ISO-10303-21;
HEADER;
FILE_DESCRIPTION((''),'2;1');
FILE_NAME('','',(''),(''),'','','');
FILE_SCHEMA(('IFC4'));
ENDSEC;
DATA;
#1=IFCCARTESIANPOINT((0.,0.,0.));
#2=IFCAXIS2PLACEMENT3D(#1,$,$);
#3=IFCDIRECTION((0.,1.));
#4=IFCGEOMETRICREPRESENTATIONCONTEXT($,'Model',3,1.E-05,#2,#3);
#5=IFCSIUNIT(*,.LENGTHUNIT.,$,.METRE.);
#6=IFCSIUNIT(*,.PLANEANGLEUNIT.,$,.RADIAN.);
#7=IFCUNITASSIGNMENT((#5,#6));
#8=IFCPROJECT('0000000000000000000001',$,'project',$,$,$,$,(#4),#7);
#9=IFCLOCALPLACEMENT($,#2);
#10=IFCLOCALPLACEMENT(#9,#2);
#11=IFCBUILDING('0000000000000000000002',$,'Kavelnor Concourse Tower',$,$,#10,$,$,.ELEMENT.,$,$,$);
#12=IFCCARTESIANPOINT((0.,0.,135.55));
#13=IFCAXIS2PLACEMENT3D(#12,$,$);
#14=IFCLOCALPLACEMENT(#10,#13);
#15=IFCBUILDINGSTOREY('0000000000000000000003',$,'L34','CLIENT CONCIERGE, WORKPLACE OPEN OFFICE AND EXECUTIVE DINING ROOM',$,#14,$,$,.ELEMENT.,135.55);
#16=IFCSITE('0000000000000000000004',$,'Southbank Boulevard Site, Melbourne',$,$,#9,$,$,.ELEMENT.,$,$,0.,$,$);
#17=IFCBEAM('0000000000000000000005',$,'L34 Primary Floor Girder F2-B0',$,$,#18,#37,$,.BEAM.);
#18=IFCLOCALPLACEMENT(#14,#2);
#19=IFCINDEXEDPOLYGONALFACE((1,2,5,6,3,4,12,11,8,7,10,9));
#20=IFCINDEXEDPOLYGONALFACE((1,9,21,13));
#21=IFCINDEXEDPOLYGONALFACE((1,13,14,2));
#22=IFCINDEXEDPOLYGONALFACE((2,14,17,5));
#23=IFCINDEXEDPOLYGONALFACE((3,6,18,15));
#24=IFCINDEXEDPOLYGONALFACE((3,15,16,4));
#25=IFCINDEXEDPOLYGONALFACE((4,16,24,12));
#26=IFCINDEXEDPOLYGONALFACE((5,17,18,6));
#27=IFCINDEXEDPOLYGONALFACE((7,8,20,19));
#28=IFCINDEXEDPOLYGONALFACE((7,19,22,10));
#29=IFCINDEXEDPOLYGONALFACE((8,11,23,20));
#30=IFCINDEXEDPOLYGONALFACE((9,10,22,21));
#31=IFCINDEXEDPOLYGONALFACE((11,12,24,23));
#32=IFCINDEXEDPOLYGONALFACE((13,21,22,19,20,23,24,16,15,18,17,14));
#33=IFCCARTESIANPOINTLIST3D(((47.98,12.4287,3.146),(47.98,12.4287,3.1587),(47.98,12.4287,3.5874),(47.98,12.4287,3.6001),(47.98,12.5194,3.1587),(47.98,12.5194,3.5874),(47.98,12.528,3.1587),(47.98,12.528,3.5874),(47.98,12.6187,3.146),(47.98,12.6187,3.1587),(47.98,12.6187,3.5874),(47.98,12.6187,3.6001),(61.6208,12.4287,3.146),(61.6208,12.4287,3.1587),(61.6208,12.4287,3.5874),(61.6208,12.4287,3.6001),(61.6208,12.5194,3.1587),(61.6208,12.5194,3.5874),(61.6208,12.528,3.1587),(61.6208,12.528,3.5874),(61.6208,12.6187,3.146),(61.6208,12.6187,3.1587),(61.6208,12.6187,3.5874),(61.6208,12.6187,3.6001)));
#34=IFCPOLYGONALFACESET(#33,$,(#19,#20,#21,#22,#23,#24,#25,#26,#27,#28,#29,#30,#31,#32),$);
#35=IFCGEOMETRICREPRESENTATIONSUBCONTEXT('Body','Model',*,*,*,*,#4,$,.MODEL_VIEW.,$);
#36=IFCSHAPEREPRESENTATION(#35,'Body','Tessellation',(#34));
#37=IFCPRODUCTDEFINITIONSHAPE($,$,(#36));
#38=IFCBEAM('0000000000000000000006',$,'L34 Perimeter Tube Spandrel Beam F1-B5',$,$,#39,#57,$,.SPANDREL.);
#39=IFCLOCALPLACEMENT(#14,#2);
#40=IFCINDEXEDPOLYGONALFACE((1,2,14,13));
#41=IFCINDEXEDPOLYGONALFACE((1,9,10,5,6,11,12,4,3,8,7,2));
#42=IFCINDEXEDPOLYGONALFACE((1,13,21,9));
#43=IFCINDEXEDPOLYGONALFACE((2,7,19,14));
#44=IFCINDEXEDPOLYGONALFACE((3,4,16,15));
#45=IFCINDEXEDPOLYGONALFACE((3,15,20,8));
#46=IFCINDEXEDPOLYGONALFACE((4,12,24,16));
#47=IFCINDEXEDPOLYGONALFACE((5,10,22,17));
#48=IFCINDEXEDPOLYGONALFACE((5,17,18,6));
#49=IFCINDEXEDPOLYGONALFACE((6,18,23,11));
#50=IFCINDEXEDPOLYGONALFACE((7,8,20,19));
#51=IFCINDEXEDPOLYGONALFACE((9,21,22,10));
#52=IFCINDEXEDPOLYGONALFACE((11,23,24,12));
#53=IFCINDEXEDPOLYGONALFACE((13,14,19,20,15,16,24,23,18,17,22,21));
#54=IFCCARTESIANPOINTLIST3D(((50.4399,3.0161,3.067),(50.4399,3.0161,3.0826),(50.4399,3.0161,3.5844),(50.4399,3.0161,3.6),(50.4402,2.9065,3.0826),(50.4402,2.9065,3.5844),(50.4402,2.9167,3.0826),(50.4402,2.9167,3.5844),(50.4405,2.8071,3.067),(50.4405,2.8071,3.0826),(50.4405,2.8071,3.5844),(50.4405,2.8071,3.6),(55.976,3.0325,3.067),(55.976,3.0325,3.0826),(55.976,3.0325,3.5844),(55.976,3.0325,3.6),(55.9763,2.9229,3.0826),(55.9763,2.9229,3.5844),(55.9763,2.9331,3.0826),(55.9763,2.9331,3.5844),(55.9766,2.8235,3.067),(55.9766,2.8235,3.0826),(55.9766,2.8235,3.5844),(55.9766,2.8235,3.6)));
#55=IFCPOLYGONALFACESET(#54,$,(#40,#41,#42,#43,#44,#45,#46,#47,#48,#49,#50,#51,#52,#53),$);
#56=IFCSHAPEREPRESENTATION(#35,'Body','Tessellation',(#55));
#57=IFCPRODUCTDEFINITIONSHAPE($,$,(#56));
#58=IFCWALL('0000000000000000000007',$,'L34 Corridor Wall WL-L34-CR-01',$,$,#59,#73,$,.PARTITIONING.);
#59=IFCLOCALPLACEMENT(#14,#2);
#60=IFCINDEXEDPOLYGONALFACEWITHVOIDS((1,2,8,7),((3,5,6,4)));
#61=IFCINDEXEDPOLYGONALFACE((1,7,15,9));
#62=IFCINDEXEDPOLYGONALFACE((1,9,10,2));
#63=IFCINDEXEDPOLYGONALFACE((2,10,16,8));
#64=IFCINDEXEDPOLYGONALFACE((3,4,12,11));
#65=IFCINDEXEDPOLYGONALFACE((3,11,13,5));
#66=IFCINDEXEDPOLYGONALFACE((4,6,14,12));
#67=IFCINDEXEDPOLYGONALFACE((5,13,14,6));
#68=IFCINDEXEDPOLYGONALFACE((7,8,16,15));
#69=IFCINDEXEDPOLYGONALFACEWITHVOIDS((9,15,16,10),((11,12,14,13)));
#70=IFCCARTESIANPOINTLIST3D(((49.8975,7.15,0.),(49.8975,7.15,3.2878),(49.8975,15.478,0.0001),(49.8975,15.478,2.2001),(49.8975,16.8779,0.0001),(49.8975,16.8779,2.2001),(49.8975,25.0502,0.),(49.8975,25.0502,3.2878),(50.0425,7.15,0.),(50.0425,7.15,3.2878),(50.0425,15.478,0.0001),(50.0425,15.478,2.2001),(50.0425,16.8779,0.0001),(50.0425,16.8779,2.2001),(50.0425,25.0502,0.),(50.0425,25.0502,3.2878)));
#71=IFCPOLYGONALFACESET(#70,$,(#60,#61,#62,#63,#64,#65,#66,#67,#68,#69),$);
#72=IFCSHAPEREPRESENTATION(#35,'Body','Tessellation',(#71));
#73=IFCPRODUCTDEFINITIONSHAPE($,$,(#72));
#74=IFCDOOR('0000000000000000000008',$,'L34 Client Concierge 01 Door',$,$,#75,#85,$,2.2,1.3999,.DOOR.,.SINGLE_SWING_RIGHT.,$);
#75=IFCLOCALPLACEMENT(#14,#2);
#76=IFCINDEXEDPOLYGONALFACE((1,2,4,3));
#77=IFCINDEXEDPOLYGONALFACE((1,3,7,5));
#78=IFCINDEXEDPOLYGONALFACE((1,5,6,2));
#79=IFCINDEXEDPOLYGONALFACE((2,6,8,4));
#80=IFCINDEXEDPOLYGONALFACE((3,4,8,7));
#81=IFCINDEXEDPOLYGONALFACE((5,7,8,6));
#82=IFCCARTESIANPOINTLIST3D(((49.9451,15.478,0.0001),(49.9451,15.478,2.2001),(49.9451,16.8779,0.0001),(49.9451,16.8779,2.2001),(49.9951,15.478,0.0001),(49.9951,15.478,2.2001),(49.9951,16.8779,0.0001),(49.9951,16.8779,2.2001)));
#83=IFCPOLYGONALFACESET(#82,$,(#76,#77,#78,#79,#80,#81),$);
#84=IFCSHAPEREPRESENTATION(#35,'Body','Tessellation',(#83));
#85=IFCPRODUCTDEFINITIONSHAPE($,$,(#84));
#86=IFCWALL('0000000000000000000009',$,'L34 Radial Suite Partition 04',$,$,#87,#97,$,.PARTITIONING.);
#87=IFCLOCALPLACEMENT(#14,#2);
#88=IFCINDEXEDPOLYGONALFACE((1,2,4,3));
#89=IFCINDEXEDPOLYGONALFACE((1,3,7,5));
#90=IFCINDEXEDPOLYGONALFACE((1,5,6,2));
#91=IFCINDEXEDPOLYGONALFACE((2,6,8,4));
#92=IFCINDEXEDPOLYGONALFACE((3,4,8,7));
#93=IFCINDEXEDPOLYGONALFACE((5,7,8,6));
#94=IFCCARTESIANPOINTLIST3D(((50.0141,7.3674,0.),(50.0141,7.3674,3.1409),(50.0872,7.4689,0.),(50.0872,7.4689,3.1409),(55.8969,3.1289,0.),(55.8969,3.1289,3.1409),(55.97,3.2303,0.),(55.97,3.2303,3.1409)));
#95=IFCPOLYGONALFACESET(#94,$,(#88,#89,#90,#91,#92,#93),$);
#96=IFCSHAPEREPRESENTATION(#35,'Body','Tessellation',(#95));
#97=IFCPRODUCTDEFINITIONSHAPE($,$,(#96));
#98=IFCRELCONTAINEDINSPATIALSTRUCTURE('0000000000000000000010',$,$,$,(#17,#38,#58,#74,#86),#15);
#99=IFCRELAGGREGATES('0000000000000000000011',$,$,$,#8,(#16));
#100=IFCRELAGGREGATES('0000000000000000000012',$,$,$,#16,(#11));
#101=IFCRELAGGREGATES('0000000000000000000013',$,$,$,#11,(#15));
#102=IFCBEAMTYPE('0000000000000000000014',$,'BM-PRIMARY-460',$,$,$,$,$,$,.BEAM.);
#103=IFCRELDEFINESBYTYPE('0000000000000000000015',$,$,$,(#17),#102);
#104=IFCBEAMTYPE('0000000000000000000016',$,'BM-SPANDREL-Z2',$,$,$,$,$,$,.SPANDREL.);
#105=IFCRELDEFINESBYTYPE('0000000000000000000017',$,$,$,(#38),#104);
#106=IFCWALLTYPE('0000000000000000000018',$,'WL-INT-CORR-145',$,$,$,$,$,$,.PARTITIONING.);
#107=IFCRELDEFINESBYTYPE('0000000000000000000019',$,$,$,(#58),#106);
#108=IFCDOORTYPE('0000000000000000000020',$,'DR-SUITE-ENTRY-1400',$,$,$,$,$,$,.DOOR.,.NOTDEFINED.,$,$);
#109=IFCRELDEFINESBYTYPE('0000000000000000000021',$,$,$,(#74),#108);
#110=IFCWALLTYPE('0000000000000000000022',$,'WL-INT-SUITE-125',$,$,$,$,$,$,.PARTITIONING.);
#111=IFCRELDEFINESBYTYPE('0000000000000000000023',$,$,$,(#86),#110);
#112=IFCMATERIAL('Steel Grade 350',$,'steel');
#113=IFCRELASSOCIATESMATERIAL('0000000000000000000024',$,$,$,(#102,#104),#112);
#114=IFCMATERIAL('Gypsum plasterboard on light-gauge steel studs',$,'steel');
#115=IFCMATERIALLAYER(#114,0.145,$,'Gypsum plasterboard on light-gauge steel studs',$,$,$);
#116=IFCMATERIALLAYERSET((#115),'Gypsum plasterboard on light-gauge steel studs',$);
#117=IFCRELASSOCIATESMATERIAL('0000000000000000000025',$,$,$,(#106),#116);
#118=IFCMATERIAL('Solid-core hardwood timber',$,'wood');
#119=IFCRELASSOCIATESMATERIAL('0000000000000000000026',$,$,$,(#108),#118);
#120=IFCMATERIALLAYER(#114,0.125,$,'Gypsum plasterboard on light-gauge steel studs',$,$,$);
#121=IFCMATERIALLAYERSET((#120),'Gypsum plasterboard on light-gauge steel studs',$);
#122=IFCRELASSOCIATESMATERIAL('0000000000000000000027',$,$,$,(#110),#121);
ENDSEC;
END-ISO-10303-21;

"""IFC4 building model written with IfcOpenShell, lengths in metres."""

from ifc_helpers import new_model, si_unit, direction, frame, frame_2d, origin, origin_2d, place, context, subcontext, project, spatial, rectangle, i_section, extrude, material, layer, layer_set, material_profile, profile_set, type_object, element, fill, save


model = new_model("IFC4")

# Units and contexts
model_context = context("Model", 3, precision=1e-05, world=origin(), true_north=direction((0.0, 1.0)))
body_context = subcontext(model_context, "Body", "Model", "MODEL_VIEW")
ifc_project = project(units=[si_unit("LENGTHUNIT", "METRE"), si_unit("PLANEANGLEUNIT", "RADIAN")], contexts=[model_context])

# Site, building, storey
site_placement = place(None, origin())
site = spatial("IfcSite", under=ifc_project, at=site_placement, Name="Southbank Boulevard Site, Melbourne", CompositionType="ELEMENT", RefElevation=0.0)
building_placement = place(site_placement, origin())
building = spatial("IfcBuilding", under=site, at=building_placement, Name="Kavelnor Concourse Tower", CompositionType="ELEMENT")
storey_placement = place(building_placement, frame((0.0, 0.0, 135.55)))
storey = spatial("IfcBuildingStorey", under=building, at=storey_placement, Name="L34", Description="CLIENT CONCIERGE, WORKPLACE OPEN OFFICE AND EXECUTIVE DINING ROOM", CompositionType="ELEMENT", Elevation=135.55)

# Shared definitions
ifc_material_1 = material(Name="Steel Grade 350", Category="steel")

# Beams
ifc_material_profile_1 = material_profile(ifc_material_1, i_section(OverallWidth=0.1899, OverallDepth=0.4541, WebThickness=0.0085, FlangeThickness=0.0127, at=origin_2d()), Name="460UB67")
ifc_profile_set_1 = profile_set([ifc_material_profile_1], Name="Steel Grade 350")
beam_type_1 = type_object("IfcBeamType", Name="BM-PRIMARY-460", PredefinedType="BEAM", material=ifc_profile_set_1)
beam_1_placement = place(storey_placement, frame((47.98, 12.5237, 3.373), z_axis=(1.0, 0.0, 0.0), x_axis=(0.0, 1.0, 0.0)))
element("IfcBeam", 1, at=beam_1_placement, inside=storey, type_object=beam_type_1, Name="L34 Primary Floor Girder F2-B0", PredefinedType="BEAM", context=body_context, shape_type="SweptSolid", body=[
    extrude(i_section(OverallWidth=0.1899, OverallDepth=0.4541, WebThickness=0.0085, FlangeThickness=0.0127, at=origin_2d()), origin(), (0.0, 0.0, 1.0), 13.6409),
])
ifc_material_profile_2 = material_profile(ifc_material_1, i_section(OverallWidth=0.209, OverallDepth=0.533, WebThickness=0.0103, FlangeThickness=0.0156, at=origin_2d()), Name="530UB92")
ifc_profile_set_2 = profile_set([ifc_material_profile_2], Name="Steel Grade 350")
beam_type_2 = type_object("IfcBeamType", Name="BM-SPANDREL-Z2", PredefinedType="SPANDREL", material=ifc_profile_set_2)
beam_2_placement = place(storey_placement, frame((50.4402, 2.9116, 3.3335), z_axis=(0.999996, 0.002955, 0.0), x_axis=(-0.002955, 0.999996, 0.0)))
element("IfcBeam", 2, at=beam_2_placement, inside=storey, type_object=beam_type_2, Name="L34 Perimeter Tube Spandrel Beam F1-B5", PredefinedType="SPANDREL", context=body_context, shape_type="SweptSolid", body=[
    extrude(i_section(OverallWidth=0.209, OverallDepth=0.533, WebThickness=0.0103, FlangeThickness=0.0156, at=origin_2d()), origin(), (0.0, 0.0, 1.0), 5.5361),
])

# Wall, opening, door
ifc_material_2 = material(Name="Gypsum plasterboard on light-gauge steel studs", Category="steel")
ifc_layer_1 = layer(ifc_material_2, 0.145, Name="Gypsum plasterboard on light-gauge steel studs")
ifc_layer_set_1 = layer_set([ifc_layer_1], Name="Gypsum plasterboard on light-gauge steel studs")
wall_type_1 = type_object("IfcWallType", Name="WL-INT-CORR-145", PredefinedType="PARTITIONING", material=ifc_layer_set_1)
wall_1_placement = place(storey_placement, frame((49.97, 7.1499, 0.0), z_axis=(0.0, 0.0, 1.0), x_axis=(0.0, 1.0, 0.0)))
wall_1 = element("IfcWall", 3, at=wall_1_placement, inside=storey, type_object=wall_type_1, Name="L34 Corridor Wall WL-L34-CR-01", PredefinedType="PARTITIONING", context=body_context, shape_type="SweptSolid", body=[
    extrude(rectangle(XDim=17.9001, YDim=0.145, at=frame_2d((8.9502, 0.0))), origin(), (0.0, 0.0, 1.0), 3.2878),
])
opening_1_placement = place(wall_1_placement, frame((8.3281, 0.0, 0.0)))
opening_1 = element("IfcOpeningElement", 4, at=opening_1_placement, cuts=wall_1, PredefinedType="OPENING", context=body_context, shape_type="SweptSolid", body=[
    extrude(rectangle(XDim=1.3999, YDim=2.2, at=frame_2d((0.7, 1.1001))), frame((0.0, 0.0825, 0.0), z_axis=(0.0, -1.0, 0.0), x_axis=(1.0, 0.0, 0.0)), (0.0, 0.0, 1.0), 0.165),
])
ifc_material_3 = material(Name="Solid-core hardwood timber", Category="wood")
door_type_1 = type_object("IfcDoorType", Name="DR-SUITE-ENTRY-1400", OperationType="NOTDEFINED", PredefinedType="DOOR", material=ifc_material_3)
door_1_placement = place(opening_1_placement, origin())
door_1 = element("IfcDoor", 5, at=door_1_placement, inside=storey, type_object=door_type_1, Name="L34 Client Concierge 01 Door", OperationType="SINGLE_SWING_RIGHT", OverallHeight=2.2, OverallWidth=1.3999, PredefinedType="DOOR", context=body_context, shape_type="SweptSolid", body=[
    extrude(rectangle(XDim=1.3999, YDim=2.2, at=frame_2d((0.7, 1.1001))), frame((0.0, 0.0249, 0.0), z_axis=(0.0, -1.0, 0.0), x_axis=(1.0, 0.0, 0.0)), (0.0, 0.0, 1.0), 0.05),
])
fill(opening_1, door_1)

# Wall
ifc_layer_2 = layer(ifc_material_2, 0.125, Name="Gypsum plasterboard on light-gauge steel studs")
ifc_layer_set_2 = layer_set([ifc_layer_2], Name="Gypsum plasterboard on light-gauge steel studs")
wall_type_2 = type_object("IfcWallType", Name="WL-INT-SUITE-125", PredefinedType="PARTITIONING", material=ifc_layer_set_2)
wall_2_placement = place(storey_placement, frame((50.0505, 7.4182, 0.0), z_axis=(0.0, 0.0, 1.0), x_axis=(0.811345, -0.584568, 0.0)))
element("IfcWall", 6, at=wall_2_placement, inside=storey, type_object=wall_type_2, Name="L34 Radial Suite Partition 04", PredefinedType="PARTITIONING", context=body_context, shape_type="SweptSolid", body=[
    extrude(rectangle(XDim=7.2507, YDim=0.125, at=frame_2d((3.6255, 0.0))), origin(), (0.0, 0.0, 1.0), 3.1409),
])

save(model, "model.ifc")
